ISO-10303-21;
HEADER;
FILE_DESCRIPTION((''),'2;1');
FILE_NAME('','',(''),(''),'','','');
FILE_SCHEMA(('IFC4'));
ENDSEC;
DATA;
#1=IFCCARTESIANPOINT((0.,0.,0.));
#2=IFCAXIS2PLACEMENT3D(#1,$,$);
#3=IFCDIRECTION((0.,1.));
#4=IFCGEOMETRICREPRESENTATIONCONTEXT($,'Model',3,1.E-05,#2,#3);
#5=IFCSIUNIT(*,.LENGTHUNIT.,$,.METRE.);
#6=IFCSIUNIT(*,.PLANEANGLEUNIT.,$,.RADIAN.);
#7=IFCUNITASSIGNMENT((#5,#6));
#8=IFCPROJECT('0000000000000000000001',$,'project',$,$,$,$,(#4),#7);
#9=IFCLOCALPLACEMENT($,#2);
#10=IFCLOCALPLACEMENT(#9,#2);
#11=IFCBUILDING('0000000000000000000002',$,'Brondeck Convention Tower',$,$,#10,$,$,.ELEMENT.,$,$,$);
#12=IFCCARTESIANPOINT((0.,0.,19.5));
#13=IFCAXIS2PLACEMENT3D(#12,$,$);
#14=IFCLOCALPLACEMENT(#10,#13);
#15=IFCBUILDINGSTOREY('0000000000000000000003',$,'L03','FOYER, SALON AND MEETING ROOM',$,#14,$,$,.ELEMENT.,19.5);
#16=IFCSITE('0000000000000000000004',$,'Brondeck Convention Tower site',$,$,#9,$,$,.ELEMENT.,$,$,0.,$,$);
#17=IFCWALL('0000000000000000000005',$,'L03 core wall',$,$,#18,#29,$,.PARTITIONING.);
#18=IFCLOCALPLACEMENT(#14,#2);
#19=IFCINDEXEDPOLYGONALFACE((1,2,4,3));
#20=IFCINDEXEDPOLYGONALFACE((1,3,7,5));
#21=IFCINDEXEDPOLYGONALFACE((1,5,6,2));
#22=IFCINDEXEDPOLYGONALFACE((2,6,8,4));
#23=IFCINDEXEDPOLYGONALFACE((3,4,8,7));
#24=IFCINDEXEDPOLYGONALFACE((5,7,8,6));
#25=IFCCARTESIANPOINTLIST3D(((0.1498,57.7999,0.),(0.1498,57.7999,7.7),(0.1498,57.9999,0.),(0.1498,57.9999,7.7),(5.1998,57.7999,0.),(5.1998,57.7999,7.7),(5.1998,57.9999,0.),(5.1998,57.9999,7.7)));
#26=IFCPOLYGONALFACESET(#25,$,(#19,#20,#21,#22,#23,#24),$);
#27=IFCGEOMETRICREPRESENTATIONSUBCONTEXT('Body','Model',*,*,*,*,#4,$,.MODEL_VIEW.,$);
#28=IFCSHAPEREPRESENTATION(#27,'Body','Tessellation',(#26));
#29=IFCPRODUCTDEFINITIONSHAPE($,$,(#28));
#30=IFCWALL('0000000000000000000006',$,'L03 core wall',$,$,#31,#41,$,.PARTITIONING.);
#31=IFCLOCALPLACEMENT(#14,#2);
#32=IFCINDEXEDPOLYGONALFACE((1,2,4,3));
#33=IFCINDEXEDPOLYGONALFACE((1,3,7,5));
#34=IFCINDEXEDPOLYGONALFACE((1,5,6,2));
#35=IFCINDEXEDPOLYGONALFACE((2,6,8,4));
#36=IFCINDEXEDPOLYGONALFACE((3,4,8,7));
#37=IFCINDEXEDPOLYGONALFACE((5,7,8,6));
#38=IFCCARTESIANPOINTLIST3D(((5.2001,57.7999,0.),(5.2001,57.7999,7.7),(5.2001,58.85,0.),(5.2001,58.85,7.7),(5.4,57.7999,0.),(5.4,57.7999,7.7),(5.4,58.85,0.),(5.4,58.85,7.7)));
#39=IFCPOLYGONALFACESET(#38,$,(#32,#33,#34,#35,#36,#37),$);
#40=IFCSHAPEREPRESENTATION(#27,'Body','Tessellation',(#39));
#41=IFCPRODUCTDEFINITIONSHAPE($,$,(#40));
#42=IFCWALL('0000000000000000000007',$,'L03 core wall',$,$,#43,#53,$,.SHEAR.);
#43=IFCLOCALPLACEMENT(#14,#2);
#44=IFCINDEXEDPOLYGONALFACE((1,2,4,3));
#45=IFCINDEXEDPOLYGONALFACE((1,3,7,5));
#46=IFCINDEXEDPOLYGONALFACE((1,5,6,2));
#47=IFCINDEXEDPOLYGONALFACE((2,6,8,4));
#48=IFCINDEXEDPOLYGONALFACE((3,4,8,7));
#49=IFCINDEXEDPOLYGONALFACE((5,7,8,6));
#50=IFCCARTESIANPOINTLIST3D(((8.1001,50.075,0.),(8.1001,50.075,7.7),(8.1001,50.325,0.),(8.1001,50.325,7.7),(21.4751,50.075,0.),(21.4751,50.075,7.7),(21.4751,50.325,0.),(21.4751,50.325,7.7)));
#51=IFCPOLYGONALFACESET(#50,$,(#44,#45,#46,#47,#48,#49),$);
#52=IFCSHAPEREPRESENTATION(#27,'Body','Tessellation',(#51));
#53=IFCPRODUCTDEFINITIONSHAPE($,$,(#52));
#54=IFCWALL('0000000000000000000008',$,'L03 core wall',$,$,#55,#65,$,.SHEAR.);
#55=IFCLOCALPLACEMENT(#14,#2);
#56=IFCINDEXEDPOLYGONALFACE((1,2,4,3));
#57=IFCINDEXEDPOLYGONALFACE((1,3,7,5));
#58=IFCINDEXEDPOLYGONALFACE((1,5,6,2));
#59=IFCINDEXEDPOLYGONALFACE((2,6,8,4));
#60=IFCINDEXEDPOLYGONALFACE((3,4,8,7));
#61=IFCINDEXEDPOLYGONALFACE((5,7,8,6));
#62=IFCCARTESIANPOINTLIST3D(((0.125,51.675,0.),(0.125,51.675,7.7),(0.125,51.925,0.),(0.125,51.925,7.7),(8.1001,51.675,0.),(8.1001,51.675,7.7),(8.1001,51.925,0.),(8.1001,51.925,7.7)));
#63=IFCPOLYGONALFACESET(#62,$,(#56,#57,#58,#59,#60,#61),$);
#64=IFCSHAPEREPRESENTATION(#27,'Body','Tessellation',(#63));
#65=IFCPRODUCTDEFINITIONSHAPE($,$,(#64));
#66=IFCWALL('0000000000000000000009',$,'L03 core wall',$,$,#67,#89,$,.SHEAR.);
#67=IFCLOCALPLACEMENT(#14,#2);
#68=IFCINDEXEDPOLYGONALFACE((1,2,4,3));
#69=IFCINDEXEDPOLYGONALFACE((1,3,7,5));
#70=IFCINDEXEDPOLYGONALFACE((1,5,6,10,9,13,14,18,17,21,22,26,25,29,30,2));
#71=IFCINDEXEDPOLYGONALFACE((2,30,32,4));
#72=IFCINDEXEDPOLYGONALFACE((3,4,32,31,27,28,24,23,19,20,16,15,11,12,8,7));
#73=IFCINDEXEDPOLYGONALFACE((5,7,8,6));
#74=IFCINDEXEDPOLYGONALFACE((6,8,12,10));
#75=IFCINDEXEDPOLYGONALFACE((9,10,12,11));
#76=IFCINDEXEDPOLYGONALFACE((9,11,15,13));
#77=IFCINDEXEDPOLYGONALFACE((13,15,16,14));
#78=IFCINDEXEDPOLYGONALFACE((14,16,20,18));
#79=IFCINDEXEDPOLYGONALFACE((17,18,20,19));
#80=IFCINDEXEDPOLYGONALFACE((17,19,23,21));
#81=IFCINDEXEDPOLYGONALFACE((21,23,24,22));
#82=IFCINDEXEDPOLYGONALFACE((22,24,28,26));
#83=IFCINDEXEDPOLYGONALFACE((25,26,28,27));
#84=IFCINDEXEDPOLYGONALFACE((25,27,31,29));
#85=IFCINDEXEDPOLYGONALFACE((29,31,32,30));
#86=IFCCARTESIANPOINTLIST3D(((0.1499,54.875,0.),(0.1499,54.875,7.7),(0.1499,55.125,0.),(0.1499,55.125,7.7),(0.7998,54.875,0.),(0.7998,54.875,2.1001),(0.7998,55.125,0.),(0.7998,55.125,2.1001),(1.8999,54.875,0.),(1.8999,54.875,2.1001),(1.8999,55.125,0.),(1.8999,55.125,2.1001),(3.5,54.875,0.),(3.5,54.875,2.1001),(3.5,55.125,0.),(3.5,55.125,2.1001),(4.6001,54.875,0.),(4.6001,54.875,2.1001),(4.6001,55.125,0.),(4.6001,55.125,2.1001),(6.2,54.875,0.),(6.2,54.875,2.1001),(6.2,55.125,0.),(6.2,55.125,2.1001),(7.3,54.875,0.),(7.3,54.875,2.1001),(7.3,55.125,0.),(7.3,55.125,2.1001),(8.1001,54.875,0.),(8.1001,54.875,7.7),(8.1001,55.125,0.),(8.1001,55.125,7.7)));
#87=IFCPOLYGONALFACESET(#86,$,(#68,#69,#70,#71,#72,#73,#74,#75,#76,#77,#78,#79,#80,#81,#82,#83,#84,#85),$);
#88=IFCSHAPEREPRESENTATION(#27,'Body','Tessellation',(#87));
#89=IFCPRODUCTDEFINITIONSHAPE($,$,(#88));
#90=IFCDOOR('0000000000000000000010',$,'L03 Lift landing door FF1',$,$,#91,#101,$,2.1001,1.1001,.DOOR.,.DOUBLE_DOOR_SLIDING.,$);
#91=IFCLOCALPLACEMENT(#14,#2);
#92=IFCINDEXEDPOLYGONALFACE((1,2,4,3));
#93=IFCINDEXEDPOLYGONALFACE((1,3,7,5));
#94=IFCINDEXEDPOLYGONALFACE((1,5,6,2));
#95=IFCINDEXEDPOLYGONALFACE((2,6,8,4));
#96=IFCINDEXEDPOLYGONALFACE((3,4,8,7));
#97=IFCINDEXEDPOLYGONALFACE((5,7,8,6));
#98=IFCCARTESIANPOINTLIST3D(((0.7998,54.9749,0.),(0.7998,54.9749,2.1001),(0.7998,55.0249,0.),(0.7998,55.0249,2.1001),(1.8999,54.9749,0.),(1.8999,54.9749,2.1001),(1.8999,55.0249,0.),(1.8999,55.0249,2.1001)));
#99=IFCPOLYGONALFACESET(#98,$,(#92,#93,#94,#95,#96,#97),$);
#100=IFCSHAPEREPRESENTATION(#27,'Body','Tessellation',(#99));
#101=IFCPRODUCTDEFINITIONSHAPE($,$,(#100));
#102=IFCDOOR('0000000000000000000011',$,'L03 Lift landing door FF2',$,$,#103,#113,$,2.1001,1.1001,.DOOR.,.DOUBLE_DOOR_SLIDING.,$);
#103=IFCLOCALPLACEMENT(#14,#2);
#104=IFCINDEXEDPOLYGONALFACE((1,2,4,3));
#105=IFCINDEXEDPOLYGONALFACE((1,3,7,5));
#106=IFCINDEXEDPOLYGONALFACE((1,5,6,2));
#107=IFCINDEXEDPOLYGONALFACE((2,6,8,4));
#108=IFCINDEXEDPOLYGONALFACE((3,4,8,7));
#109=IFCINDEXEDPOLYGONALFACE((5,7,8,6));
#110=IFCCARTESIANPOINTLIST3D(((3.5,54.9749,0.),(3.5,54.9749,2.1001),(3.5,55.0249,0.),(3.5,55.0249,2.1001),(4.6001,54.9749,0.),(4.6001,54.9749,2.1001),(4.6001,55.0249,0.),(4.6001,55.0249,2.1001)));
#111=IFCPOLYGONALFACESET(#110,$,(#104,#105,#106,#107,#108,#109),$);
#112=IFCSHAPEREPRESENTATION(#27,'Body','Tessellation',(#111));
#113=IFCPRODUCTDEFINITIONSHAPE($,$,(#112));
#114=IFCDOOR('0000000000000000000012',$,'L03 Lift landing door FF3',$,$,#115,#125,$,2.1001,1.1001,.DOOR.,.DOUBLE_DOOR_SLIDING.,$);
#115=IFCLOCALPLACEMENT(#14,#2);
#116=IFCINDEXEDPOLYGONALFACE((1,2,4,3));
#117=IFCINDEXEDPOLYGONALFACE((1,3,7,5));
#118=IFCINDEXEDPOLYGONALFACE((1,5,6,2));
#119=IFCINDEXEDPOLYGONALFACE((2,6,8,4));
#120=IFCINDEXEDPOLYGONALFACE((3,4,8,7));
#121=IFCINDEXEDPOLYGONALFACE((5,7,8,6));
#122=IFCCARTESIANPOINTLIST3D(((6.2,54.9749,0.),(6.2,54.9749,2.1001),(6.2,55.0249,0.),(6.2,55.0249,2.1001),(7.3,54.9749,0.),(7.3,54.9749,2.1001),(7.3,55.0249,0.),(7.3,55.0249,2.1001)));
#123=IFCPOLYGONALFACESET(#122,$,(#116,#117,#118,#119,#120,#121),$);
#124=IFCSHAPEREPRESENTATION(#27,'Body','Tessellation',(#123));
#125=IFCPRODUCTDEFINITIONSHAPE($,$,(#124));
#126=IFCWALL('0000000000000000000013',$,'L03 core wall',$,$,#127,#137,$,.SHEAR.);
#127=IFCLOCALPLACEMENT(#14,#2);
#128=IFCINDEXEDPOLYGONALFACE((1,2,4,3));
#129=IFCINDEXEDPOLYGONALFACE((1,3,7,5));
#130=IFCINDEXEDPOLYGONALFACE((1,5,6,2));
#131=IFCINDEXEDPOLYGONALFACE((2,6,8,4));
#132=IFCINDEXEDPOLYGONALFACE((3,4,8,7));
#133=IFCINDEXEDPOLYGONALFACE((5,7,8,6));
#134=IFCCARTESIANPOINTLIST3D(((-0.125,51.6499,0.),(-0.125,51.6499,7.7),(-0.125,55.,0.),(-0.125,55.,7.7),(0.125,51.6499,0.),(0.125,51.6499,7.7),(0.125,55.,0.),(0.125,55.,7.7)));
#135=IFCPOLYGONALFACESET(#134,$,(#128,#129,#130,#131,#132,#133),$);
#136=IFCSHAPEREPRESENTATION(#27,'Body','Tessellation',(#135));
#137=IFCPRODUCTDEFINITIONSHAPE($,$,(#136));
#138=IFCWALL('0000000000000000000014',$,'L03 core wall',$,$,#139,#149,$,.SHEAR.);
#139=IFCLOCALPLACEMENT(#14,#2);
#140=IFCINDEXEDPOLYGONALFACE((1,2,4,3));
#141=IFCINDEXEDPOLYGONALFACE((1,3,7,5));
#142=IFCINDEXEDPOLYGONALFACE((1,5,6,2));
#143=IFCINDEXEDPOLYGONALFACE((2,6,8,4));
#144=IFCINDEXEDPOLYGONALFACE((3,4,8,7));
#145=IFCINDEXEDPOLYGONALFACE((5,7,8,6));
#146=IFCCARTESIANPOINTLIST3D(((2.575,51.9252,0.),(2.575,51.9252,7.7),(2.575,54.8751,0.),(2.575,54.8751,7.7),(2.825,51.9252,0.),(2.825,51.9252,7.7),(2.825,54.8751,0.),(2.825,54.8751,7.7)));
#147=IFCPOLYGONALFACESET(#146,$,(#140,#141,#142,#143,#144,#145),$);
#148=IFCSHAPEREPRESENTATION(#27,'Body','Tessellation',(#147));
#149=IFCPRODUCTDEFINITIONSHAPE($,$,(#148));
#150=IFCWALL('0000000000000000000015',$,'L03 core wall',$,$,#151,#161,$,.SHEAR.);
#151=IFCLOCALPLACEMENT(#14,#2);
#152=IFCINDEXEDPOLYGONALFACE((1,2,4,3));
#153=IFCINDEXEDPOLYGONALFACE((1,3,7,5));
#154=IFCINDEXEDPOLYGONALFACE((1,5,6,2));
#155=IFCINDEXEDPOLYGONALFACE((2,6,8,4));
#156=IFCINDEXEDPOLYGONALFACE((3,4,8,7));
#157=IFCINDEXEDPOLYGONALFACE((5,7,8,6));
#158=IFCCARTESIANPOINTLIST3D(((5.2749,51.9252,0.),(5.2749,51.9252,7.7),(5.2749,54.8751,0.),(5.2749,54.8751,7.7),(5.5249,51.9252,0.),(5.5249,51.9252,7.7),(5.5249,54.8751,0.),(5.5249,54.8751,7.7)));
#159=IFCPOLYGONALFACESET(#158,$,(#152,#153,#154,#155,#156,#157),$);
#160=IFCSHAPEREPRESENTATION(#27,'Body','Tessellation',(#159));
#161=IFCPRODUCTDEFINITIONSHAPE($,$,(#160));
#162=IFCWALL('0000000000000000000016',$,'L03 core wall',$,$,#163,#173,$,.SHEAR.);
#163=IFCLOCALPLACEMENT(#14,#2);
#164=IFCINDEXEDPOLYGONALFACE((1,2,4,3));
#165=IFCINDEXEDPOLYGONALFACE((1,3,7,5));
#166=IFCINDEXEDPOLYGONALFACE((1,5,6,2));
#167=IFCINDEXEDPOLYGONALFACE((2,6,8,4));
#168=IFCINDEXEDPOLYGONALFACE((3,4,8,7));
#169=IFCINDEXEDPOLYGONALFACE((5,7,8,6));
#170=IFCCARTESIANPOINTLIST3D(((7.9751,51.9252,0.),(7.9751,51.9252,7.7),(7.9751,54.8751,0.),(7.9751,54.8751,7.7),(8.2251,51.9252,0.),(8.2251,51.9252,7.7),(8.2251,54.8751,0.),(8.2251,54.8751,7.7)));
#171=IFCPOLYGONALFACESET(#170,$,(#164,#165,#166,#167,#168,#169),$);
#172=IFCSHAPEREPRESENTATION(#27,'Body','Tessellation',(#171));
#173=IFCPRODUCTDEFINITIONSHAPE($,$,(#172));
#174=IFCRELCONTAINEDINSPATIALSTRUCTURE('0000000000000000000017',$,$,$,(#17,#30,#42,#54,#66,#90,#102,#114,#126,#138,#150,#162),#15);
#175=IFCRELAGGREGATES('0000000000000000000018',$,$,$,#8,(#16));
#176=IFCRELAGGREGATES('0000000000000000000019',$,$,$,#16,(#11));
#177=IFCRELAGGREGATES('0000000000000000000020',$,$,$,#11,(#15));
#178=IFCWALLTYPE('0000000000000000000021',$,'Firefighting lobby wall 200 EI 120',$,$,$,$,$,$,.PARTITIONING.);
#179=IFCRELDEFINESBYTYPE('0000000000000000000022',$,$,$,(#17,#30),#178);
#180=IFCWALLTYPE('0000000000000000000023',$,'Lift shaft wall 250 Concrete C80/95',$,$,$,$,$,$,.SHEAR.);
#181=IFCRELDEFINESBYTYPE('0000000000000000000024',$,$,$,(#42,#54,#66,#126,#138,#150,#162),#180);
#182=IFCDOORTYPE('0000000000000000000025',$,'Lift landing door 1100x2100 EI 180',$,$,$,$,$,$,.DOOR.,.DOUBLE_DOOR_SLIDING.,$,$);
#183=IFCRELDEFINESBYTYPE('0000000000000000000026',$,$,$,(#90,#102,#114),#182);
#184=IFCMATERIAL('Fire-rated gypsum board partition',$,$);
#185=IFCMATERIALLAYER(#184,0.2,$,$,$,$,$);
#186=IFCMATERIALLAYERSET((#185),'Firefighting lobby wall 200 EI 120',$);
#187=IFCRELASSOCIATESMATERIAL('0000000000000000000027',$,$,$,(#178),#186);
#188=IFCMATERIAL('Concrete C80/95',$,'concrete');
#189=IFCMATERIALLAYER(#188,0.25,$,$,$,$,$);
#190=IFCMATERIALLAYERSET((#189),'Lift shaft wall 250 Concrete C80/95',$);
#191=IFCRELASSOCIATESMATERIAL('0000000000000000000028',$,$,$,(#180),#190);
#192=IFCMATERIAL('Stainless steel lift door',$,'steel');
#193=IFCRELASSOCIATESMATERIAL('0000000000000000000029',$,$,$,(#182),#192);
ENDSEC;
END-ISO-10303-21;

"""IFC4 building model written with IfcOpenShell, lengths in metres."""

from ifc_helpers import new_model, si_unit, direction, frame, frame_2d, origin, place, context, subcontext, project, spatial, rectangle, extrude, material, layer, layer_set, type_object, element, fill, save


model = new_model("IFC4")

# Units and contexts
model_context = context("Model", 3, precision=1e-05, world=origin(), true_north=direction((0.0, 1.0)))
body_context = subcontext(model_context, "Body", "Model", "MODEL_VIEW")
ifc_project = project(units=[si_unit("LENGTHUNIT", "METRE"), si_unit("PLANEANGLEUNIT", "RADIAN")], contexts=[model_context])

# Site, building, storey
site_placement = place(None, origin())
site = spatial("IfcSite", under=ifc_project, at=site_placement, Name="Brondeck Convention Tower site", CompositionType="ELEMENT", RefElevation=0.0)
building_placement = place(site_placement, origin())
building = spatial("IfcBuilding", under=site, at=building_placement, Name="Brondeck Convention Tower", CompositionType="ELEMENT")
storey_placement = place(building_placement, frame((0.0, 0.0, 19.5)))
storey = spatial("IfcBuildingStorey", under=building, at=storey_placement, Name="L03", Description="FOYER, SALON AND MEETING ROOM", CompositionType="ELEMENT", Elevation=19.5)

# Shared definitions
ifc_material_1 = material(Name="Concrete C80/95", Category="concrete")

# Shared definitions
ifc_material_2 = material(Name="Fire-rated gypsum board partition")

# Shared definitions
ifc_layer_1 = layer(ifc_material_2, 0.2)
ifc_layer_set_1 = layer_set([ifc_layer_1], Name="Firefighting lobby wall 200 EI 120")
wall_type_1 = type_object("IfcWallType", Name="Firefighting lobby wall 200 EI 120", PredefinedType="PARTITIONING", material=ifc_layer_set_1)

# Walls
wall_1_placement = place(storey_placement, frame((0.1499, 57.8999, 0.0), z_axis=(0.0, 0.0, 1.0), x_axis=(1.0, 0.0, 0.0)))
element("IfcWall", 1, at=wall_1_placement, inside=storey, type_object=wall_type_1, Name="L03 core wall", PredefinedType="PARTITIONING", context=body_context, shape_type="SweptSolid", body=[
    extrude(rectangle(XDim=5.05, YDim=0.2, at=frame_2d((2.5249, 0.0))), origin(), (0.0, 0.0, 1.0), 7.7),
])
wall_2_placement = place(storey_placement, frame((5.3, 57.8, 0.0), z_axis=(0.0, 0.0, 1.0), x_axis=(0.0, 1.0, 0.0)))
element("IfcWall", 2, at=wall_2_placement, inside=storey, type_object=wall_type_1, Name="L03 core wall", PredefinedType="PARTITIONING", context=body_context, shape_type="SweptSolid", body=[
    extrude(rectangle(XDim=1.05, YDim=0.2, at=frame_2d((0.5249, 0.0))), origin(), (0.0, 0.0, 1.0), 7.7),
])
ifc_layer_2 = layer(ifc_material_1, 0.25)
ifc_layer_set_2 = layer_set([ifc_layer_2], Name="Lift shaft wall 250 Concrete C80/95")
wall_type_2 = type_object("IfcWallType", Name="Lift shaft wall 250 Concrete C80/95", PredefinedType="SHEAR", material=ifc_layer_set_2)
wall_3_placement = place(storey_placement, frame((8.1001, 50.2, 0.0), z_axis=(0.0, 0.0, 1.0), x_axis=(1.0, 0.0, 0.0)))
element("IfcWall", 3, at=wall_3_placement, inside=storey, type_object=wall_type_2, Name="L03 core wall", PredefinedType="SHEAR", context=body_context, shape_type="SweptSolid", body=[
    extrude(rectangle(XDim=13.375, YDim=0.25, at=frame_2d((6.6875, 0.0))), origin(), (0.0, 0.0, 1.0), 7.7),
])
wall_4_placement = place(storey_placement, frame((0.125, 51.8, 0.0), z_axis=(0.0, 0.0, 1.0), x_axis=(1.0, 0.0, 0.0)))
element("IfcWall", 4, at=wall_4_placement, inside=storey, type_object=wall_type_2, Name="L03 core wall", PredefinedType="SHEAR", context=body_context, shape_type="SweptSolid", body=[
    extrude(rectangle(XDim=7.9751, YDim=0.25, at=frame_2d((3.9875, 0.0))), origin(), (0.0, 0.0, 1.0), 7.7),
])

# Wall, openings, doors
wall_5_placement = place(storey_placement, frame((0.1499, 55.0, 0.0), z_axis=(0.0, 0.0, 1.0), x_axis=(1.0, 0.0, 0.0)))
wall_5 = element("IfcWall", 5, at=wall_5_placement, inside=storey, type_object=wall_type_2, Name="L03 core wall", PredefinedType="SHEAR", context=body_context, shape_type="SweptSolid", body=[
    extrude(rectangle(XDim=7.9502, YDim=0.25, at=frame_2d((3.9751, 0.0))), origin(), (0.0, 0.0, 1.0), 7.7),
])
opening_1_placement = place(wall_5_placement, frame((0.6499, 0.0, 0.0)))
opening_1 = element("IfcOpeningElement", 6, at=opening_1_placement, cuts=wall_5, PredefinedType="OPENING", context=body_context, shape_type="SweptSolid", body=[
    extrude(rectangle(XDim=1.1001, YDim=2.1001, at=frame_2d((0.55, 1.05))), frame((0.0, 0.135, 0.0), z_axis=(0.0, -1.0, 0.0), x_axis=(1.0, 0.0, 0.0)), (0.0, 0.0, 1.0), 0.27),
])
opening_2_placement = place(wall_5_placement, frame((3.3501, 0.0, 0.0)))
opening_2 = element("IfcOpeningElement", 7, at=opening_2_placement, cuts=wall_5, PredefinedType="OPENING", context=body_context, shape_type="SweptSolid", body=[
    extrude(rectangle(XDim=1.1001, YDim=2.1001, at=frame_2d((0.55, 1.05))), frame((0.0, 0.135, 0.0), z_axis=(0.0, -1.0, 0.0), x_axis=(1.0, 0.0, 0.0)), (0.0, 0.0, 1.0), 0.27),
])
opening_3_placement = place(wall_5_placement, frame((6.05, 0.0, 0.0)))
opening_3 = element("IfcOpeningElement", 8, at=opening_3_placement, cuts=wall_5, PredefinedType="OPENING", context=body_context, shape_type="SweptSolid", body=[
    extrude(rectangle(XDim=1.1001, YDim=2.1001, at=frame_2d((0.55, 1.05))), frame((0.0, 0.135, 0.0), z_axis=(0.0, -1.0, 0.0), x_axis=(1.0, 0.0, 0.0)), (0.0, 0.0, 1.0), 0.27),
])
ifc_material_3 = material(Name="Stainless steel lift door", Category="steel")
door_type_1 = type_object("IfcDoorType", Name="Lift landing door 1100x2100 EI 180", OperationType="DOUBLE_DOOR_SLIDING", PredefinedType="DOOR", material=ifc_material_3)
door_1_placement = place(opening_1_placement, origin())
door_1 = element("IfcDoor", 9, at=door_1_placement, inside=storey, type_object=door_type_1, Name="L03 Lift landing door FF1", OperationType="DOUBLE_DOOR_SLIDING", OverallHeight=2.1001, OverallWidth=1.1001, PredefinedType="DOOR", context=body_context, shape_type="SweptSolid", body=[
    extrude(rectangle(XDim=1.1001, YDim=2.1001, at=frame_2d((0.55, 1.05))), frame((0.0, 0.0249, 0.0), z_axis=(0.0, -1.0, 0.0), x_axis=(1.0, 0.0, 0.0)), (0.0, 0.0, 1.0), 0.05),
])
fill(opening_1, door_1)
door_2_placement = place(opening_2_placement, origin())
door_2 = element("IfcDoor", 10, at=door_2_placement, inside=storey, type_object=door_type_1, Name="L03 Lift landing door FF2", OperationType="DOUBLE_DOOR_SLIDING", OverallHeight=2.1001, OverallWidth=1.1001, PredefinedType="DOOR", context=body_context, shape_type="SweptSolid", body=[
    extrude(rectangle(XDim=1.1001, YDim=2.1001, at=frame_2d((0.55, 1.05))), frame((0.0, 0.0249, 0.0), z_axis=(0.0, -1.0, 0.0), x_axis=(1.0, 0.0, 0.0)), (0.0, 0.0, 1.0), 0.05),
])
fill(opening_2, door_2)
door_3_placement = place(opening_3_placement, origin())
door_3 = element("IfcDoor", 11, at=door_3_placement, inside=storey, type_object=door_type_1, Name="L03 Lift landing door FF3", OperationType="DOUBLE_DOOR_SLIDING", OverallHeight=2.1001, OverallWidth=1.1001, PredefinedType="DOOR", context=body_context, shape_type="SweptSolid", body=[
    extrude(rectangle(XDim=1.1001, YDim=2.1001, at=frame_2d((0.55, 1.05))), frame((0.0, 0.0249, 0.0), z_axis=(0.0, -1.0, 0.0), x_axis=(1.0, 0.0, 0.0)), (0.0, 0.0, 1.0), 0.05),
])
fill(opening_3, door_3)

# Walls
wall_6_placement = place(storey_placement, frame((0.0, 51.6499, 0.0), z_axis=(0.0, 0.0, 1.0), x_axis=(0.0, 1.0, 0.0)))
element("IfcWall", 12, at=wall_6_placement, inside=storey, type_object=wall_type_2, Name="L03 core wall", PredefinedType="SHEAR", context=body_context, shape_type="SweptSolid", body=[
    extrude(rectangle(XDim=3.3501, YDim=0.25, at=frame_2d((1.675, 0.0))), origin(), (0.0, 0.0, 1.0), 7.7),
])
for number, where, z_axis, x_axis, name in (
    (13, (2.7, 51.925, 0.0), (0.0, 0.0, 1.0), (0.0, 1.0, 0.0), "L03 core wall"),
    (14, (5.3999, 51.925, 0.0), (0.0, 0.0, 1.0), (0.0, 1.0, 0.0), "L03 core wall"),
    (15, (8.1001, 51.925, 0.0), (0.0, 0.0, 1.0), (0.0, 1.0, 0.0), "L03 core wall"),
):
    element("IfcWall", number, at=place(storey_placement, frame(where, z_axis=z_axis, x_axis=x_axis)), inside=storey, type_object=wall_type_2, Name=name, PredefinedType="SHEAR", context=body_context, shape_type="SweptSolid", body=[
        extrude(rectangle(XDim=2.95, YDim=0.25, at=frame_2d((1.4751, 0.0))), origin(), (0.0, 0.0, 1.0), 7.7),
    ])

save(model, "model.ifc")
